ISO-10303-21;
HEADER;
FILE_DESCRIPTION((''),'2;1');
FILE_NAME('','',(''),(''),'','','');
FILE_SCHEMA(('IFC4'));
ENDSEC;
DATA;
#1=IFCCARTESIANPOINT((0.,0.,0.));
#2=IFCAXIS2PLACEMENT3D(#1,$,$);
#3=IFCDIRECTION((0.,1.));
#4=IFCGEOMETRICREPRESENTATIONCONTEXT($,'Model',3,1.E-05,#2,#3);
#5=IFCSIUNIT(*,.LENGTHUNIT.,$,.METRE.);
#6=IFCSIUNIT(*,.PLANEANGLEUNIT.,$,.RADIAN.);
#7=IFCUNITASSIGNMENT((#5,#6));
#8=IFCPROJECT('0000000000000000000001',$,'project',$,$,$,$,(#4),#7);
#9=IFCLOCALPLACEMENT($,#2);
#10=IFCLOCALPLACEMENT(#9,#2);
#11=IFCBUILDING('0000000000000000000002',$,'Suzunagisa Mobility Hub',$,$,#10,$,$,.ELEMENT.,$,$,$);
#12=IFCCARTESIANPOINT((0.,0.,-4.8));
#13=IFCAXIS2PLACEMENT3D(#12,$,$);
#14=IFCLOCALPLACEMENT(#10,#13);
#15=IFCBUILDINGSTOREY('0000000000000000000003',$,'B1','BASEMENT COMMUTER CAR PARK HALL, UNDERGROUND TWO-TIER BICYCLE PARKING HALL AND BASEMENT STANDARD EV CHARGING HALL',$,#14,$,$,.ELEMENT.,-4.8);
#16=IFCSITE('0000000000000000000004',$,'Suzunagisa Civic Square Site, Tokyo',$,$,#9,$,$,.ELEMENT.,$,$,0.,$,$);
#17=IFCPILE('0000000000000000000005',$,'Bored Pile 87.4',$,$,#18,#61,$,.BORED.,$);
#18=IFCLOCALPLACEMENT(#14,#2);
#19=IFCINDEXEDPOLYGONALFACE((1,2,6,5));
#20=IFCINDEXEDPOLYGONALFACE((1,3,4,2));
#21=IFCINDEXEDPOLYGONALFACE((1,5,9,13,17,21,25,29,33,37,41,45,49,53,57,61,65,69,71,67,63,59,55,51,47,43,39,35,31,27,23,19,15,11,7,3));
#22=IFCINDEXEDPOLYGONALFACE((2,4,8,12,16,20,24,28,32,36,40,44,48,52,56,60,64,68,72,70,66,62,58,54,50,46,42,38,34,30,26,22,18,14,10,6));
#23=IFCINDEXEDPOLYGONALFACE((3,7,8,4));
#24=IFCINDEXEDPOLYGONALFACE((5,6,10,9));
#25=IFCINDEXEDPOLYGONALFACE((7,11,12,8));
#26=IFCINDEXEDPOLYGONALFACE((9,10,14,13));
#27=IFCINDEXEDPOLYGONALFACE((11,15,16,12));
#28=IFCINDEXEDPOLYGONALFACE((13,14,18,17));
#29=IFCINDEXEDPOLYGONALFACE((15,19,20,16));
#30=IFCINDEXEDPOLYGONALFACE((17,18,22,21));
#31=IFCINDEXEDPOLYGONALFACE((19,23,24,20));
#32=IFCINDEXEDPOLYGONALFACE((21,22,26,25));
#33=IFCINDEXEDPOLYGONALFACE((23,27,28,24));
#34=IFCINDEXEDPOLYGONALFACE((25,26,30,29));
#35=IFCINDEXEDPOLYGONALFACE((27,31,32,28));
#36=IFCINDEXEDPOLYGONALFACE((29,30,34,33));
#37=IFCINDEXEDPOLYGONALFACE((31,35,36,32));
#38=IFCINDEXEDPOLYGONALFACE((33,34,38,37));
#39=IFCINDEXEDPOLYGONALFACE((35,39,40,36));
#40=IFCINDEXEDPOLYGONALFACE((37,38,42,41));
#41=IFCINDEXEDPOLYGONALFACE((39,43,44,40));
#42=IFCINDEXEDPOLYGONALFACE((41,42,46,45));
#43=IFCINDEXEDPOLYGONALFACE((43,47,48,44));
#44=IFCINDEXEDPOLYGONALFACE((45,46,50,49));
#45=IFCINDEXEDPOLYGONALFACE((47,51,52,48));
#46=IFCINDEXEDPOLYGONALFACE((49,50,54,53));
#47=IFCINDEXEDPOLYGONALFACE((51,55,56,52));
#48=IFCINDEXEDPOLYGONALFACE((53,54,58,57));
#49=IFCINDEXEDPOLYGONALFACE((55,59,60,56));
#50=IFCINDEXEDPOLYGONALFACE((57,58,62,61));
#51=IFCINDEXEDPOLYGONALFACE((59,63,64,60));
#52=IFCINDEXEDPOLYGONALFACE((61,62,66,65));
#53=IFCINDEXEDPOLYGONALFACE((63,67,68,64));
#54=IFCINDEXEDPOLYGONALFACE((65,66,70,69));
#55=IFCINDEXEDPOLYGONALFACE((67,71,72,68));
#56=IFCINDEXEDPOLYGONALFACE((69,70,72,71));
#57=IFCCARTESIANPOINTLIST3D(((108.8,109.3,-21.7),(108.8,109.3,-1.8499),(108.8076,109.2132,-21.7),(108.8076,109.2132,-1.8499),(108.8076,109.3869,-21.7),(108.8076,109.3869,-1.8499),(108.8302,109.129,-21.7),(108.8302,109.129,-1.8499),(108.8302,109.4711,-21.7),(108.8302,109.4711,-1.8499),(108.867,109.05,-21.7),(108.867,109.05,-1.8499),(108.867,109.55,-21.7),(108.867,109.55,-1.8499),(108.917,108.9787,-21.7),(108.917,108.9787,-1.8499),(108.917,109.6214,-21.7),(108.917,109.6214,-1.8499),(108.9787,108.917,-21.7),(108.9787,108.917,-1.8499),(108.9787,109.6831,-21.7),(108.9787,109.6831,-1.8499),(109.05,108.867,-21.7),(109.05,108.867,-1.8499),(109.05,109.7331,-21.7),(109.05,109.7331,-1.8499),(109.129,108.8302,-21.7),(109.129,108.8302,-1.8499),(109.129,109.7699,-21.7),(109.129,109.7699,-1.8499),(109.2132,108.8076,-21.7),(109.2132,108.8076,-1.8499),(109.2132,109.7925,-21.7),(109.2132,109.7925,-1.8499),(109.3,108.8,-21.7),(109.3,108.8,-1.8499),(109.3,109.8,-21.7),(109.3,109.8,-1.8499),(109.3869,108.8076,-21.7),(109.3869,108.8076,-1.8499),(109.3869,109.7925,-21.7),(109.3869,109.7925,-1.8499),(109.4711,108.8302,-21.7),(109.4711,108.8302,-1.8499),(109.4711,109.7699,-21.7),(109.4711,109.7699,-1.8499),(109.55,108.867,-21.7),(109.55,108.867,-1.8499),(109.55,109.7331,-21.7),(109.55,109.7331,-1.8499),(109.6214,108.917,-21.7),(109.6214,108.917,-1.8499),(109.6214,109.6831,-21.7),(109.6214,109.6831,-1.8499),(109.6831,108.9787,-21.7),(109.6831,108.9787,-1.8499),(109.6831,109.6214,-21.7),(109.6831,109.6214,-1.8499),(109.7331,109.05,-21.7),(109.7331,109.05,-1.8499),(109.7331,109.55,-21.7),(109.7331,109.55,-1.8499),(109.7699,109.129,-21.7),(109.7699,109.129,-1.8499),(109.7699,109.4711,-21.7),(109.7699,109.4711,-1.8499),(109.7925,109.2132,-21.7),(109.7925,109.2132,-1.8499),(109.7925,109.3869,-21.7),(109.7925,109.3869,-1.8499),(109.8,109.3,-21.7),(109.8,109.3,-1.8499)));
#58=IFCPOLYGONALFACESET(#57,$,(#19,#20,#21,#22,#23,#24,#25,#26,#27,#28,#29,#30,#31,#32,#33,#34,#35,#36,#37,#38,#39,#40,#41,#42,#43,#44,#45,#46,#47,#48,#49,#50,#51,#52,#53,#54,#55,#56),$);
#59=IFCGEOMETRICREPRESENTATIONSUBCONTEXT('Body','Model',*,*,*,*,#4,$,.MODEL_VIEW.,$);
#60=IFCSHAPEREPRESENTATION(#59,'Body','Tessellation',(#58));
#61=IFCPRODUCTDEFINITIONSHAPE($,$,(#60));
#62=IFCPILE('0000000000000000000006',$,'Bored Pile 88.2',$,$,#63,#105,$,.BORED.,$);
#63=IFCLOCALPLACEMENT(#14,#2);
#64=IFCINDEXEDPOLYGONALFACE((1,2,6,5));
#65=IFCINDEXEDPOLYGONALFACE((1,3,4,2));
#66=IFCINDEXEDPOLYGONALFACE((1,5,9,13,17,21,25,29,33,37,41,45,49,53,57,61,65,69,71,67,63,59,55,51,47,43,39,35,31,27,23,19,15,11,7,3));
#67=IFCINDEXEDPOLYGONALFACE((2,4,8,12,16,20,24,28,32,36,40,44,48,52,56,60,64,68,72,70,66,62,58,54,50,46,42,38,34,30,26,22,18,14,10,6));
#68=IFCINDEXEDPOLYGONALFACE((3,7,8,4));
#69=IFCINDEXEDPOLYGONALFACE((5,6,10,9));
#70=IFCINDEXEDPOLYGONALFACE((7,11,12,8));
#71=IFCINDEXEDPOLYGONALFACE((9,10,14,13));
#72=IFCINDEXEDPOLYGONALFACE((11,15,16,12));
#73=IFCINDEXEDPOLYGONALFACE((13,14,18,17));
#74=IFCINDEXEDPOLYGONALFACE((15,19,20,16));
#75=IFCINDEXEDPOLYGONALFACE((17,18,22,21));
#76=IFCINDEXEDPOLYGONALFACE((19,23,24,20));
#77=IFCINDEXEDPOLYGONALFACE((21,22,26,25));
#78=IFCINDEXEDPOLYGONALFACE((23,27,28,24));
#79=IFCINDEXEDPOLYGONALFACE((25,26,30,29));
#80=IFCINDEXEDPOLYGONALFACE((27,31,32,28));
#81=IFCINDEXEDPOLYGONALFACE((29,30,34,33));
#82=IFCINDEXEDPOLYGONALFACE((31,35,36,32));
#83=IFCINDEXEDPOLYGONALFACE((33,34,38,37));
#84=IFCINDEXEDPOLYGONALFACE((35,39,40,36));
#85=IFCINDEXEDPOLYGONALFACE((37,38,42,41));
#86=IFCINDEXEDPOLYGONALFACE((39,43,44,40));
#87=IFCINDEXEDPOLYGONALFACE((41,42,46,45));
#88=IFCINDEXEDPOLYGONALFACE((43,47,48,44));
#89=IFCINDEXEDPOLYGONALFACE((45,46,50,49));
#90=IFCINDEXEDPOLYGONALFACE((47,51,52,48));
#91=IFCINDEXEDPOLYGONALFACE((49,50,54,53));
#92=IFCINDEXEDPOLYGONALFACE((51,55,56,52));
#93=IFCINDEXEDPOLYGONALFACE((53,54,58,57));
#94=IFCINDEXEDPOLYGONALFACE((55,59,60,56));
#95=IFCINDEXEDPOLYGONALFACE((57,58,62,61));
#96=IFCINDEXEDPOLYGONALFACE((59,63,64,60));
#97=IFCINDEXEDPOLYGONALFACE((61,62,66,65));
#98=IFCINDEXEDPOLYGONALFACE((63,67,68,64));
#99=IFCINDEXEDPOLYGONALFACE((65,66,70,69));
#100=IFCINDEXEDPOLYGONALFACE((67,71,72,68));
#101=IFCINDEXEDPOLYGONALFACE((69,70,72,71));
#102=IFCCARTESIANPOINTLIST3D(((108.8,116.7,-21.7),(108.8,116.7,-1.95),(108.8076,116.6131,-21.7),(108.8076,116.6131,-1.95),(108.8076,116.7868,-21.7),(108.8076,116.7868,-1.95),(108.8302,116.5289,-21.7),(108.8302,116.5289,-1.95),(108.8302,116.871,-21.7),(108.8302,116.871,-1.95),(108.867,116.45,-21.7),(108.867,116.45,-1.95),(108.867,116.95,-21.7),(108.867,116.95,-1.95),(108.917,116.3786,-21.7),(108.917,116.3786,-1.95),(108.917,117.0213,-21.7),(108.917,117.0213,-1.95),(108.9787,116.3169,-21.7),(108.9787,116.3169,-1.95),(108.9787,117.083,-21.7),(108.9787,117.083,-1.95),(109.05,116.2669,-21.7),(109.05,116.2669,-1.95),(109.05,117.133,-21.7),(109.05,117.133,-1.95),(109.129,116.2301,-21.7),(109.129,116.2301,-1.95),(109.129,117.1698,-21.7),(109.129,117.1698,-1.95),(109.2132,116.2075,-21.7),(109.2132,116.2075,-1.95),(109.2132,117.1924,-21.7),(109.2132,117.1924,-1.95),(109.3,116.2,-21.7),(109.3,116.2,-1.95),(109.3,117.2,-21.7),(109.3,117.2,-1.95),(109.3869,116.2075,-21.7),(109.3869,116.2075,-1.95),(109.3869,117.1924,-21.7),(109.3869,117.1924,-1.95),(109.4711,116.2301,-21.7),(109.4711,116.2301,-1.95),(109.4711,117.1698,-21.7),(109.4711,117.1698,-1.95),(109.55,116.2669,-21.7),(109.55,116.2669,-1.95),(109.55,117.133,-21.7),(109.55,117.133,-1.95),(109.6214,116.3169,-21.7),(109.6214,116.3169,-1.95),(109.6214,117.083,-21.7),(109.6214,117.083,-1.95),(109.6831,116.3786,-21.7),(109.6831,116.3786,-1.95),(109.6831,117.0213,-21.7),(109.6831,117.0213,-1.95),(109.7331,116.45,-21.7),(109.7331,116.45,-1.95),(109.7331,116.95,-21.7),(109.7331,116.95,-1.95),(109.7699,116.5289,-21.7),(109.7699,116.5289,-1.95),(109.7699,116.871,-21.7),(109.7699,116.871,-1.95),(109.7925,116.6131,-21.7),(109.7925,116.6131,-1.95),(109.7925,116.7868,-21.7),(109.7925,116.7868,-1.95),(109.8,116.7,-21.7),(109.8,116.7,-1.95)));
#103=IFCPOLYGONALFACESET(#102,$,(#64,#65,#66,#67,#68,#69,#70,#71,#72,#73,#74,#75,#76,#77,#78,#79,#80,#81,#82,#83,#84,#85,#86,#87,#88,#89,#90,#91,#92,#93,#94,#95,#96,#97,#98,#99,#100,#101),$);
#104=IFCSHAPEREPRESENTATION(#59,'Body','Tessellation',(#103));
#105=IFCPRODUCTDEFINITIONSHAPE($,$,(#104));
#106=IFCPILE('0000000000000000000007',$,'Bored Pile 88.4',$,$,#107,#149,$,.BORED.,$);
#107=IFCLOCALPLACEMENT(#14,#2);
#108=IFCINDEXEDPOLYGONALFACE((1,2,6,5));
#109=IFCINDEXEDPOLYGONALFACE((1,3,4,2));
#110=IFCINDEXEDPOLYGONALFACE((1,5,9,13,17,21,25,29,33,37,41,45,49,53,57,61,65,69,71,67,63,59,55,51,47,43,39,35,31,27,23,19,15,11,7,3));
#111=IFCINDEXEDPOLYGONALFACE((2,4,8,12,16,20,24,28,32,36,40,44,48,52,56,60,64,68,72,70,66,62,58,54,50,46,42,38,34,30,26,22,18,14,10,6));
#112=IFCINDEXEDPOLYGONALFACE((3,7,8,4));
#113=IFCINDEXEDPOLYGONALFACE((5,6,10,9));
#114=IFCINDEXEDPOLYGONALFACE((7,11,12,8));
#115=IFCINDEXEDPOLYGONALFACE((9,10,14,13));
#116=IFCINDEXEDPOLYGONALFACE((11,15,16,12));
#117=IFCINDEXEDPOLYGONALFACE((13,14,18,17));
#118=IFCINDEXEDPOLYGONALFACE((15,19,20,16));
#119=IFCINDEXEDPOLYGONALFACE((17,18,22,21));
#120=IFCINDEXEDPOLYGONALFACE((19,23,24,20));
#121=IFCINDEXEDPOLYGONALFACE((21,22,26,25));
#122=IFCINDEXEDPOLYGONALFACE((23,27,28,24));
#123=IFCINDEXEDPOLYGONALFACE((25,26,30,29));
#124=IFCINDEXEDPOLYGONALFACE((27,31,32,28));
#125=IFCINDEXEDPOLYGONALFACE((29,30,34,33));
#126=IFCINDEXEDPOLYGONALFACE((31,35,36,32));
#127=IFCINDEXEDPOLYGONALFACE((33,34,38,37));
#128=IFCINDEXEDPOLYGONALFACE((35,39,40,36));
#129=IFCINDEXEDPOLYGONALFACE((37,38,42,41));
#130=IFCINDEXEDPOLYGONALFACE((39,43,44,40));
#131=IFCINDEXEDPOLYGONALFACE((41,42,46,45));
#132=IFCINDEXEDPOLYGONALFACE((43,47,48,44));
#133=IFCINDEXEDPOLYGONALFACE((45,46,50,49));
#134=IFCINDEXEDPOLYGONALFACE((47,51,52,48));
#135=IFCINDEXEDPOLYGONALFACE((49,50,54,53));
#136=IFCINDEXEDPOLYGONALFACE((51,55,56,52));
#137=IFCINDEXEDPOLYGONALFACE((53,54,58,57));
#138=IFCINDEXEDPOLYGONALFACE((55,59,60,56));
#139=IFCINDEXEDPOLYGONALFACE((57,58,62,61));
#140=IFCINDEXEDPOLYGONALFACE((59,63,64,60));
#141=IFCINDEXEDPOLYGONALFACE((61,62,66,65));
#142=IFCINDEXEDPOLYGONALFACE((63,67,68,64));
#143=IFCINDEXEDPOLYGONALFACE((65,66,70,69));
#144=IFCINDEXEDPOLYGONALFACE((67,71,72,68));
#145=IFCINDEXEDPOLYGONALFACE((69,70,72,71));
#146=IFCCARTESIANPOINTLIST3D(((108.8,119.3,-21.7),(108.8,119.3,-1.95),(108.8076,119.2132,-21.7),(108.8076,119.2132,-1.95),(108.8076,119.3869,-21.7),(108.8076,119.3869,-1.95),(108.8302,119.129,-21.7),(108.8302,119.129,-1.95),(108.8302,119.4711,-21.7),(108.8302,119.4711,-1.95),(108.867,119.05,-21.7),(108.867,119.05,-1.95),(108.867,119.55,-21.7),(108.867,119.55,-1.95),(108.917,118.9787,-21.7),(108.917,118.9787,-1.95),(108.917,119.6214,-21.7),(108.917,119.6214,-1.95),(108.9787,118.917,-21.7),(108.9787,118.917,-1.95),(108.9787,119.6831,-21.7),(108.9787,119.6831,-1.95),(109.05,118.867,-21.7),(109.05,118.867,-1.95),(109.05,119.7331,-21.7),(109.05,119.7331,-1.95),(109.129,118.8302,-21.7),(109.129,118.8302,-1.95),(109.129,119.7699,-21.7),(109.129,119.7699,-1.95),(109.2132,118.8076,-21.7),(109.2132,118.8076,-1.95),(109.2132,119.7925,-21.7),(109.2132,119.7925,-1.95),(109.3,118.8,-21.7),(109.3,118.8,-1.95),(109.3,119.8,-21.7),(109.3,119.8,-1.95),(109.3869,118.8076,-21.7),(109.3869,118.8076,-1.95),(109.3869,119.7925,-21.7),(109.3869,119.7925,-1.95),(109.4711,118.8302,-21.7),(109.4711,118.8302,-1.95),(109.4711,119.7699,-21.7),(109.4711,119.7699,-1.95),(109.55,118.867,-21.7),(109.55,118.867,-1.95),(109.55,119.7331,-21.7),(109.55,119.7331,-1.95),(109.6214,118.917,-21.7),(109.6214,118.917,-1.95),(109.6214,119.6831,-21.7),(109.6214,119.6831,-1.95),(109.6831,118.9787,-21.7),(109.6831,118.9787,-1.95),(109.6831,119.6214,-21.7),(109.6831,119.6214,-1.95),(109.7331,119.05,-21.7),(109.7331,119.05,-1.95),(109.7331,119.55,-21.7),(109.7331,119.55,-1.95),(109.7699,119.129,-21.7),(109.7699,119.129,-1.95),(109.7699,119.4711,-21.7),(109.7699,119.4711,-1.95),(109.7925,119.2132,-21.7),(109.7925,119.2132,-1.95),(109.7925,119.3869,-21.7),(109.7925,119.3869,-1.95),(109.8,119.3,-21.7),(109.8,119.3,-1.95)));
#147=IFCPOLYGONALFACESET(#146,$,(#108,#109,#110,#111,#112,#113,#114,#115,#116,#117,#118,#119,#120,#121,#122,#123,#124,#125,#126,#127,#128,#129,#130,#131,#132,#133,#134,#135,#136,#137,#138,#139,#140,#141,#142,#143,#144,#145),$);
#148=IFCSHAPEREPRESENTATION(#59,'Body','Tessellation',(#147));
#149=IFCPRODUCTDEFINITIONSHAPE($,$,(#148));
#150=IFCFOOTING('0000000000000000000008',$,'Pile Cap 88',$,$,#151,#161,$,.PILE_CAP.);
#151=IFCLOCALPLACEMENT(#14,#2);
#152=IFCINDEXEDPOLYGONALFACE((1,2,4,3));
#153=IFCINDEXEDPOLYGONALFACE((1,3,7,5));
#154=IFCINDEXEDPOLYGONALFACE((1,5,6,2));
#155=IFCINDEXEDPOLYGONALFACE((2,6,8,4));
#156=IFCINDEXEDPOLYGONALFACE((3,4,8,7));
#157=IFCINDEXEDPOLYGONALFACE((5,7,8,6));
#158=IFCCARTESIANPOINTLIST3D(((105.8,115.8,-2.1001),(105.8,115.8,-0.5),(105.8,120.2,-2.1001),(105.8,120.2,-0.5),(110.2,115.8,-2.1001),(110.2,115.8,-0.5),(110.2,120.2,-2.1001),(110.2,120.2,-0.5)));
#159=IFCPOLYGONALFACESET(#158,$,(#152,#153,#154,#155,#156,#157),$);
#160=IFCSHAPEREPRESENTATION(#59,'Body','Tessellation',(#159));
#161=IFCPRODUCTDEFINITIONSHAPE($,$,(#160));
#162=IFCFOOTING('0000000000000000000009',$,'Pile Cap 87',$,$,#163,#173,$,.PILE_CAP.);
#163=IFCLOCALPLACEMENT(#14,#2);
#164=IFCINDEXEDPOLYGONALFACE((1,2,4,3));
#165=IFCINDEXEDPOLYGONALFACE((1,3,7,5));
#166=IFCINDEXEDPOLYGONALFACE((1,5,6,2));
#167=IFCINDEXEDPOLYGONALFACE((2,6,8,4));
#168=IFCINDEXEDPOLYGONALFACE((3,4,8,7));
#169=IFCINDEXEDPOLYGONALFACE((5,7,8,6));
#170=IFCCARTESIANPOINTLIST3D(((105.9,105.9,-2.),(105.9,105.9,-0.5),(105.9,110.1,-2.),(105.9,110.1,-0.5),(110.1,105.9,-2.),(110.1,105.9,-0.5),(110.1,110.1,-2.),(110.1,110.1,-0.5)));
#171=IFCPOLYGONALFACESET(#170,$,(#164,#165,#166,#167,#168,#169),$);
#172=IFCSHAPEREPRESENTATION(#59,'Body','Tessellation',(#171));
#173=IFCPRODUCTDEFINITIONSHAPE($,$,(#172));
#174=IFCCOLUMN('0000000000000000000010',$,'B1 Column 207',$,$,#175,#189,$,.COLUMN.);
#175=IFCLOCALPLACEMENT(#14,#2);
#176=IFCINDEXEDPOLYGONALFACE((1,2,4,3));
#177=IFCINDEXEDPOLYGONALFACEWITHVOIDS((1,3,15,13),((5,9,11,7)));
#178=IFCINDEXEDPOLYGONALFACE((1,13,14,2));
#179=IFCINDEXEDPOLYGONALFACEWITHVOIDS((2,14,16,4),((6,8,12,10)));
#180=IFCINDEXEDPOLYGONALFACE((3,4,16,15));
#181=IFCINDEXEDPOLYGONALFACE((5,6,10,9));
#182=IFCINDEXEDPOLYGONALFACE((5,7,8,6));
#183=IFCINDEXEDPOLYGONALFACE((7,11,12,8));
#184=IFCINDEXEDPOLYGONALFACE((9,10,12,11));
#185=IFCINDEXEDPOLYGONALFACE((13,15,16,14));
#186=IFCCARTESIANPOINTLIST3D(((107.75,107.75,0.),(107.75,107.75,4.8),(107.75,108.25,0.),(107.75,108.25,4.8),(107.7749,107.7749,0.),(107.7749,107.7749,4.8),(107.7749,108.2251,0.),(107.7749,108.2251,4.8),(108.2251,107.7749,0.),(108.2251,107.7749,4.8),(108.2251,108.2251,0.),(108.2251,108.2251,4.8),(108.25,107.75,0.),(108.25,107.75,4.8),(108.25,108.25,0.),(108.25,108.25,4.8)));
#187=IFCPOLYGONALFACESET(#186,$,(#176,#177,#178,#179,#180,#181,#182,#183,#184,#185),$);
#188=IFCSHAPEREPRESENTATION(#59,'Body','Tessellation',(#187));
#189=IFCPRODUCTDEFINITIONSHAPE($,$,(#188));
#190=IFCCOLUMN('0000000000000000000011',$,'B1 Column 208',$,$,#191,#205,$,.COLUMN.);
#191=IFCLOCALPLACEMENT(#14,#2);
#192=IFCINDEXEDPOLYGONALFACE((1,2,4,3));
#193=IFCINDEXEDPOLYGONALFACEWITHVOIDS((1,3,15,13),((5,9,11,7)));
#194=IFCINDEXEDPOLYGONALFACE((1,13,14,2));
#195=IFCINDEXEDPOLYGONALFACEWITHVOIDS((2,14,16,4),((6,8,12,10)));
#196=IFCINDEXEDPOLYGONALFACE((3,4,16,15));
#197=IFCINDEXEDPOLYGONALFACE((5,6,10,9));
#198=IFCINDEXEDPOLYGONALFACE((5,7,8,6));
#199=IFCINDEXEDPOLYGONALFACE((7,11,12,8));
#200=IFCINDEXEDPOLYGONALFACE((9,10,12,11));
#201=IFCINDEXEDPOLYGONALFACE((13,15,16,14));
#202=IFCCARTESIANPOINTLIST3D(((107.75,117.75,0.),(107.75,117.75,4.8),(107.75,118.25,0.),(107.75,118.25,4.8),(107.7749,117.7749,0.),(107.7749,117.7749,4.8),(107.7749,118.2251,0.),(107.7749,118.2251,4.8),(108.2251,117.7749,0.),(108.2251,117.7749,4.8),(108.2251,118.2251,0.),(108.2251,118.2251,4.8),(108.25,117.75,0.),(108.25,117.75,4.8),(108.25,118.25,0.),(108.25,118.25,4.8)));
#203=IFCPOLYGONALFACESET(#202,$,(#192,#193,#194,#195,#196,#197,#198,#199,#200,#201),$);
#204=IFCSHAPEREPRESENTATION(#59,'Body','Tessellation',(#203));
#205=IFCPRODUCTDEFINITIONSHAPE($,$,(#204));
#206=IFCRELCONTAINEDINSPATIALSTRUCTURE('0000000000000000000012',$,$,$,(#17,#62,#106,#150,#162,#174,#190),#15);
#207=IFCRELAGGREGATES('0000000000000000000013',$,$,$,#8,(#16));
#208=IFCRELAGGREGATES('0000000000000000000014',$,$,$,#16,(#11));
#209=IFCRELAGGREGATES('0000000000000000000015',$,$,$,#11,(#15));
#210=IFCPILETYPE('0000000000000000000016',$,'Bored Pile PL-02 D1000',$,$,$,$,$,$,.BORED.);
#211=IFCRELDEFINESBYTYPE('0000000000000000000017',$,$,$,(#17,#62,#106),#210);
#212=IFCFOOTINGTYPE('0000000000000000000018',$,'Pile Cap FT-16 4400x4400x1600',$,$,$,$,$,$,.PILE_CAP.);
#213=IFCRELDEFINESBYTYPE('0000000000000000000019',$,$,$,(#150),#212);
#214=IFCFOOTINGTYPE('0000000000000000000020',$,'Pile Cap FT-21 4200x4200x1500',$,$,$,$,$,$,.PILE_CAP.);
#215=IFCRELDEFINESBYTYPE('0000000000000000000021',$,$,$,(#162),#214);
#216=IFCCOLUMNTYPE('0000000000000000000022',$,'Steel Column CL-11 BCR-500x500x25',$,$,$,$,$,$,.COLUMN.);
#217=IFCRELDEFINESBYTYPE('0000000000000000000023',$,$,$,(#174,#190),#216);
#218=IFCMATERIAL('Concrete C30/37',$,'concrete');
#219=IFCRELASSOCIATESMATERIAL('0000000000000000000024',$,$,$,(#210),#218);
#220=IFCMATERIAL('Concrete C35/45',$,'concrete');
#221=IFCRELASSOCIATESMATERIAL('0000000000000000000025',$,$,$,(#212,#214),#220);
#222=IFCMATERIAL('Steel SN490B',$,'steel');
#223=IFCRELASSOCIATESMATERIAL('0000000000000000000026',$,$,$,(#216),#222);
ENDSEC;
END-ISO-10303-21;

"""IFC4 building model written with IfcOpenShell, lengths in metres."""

from ifc_helpers import new_model, si_unit, direction, frame, origin, origin_2d, place, context, subcontext, project, spatial, rectangle, hollow_rectangle, circle, extrude, material, material_profile, profile_set, type_object, element, save


model = new_model("IFC4")

# Units and contexts
model_context = context("Model", 3, precision=1e-05, world=origin(), true_north=direction((0.0, 1.0)))
body_context = subcontext(model_context, "Body", "Model", "MODEL_VIEW")
ifc_project = project(units=[si_unit("LENGTHUNIT", "METRE"), si_unit("PLANEANGLEUNIT", "RADIAN")], contexts=[model_context])

# Site, building, storey
site_placement = place(None, origin())
site = spatial("IfcSite", under=ifc_project, at=site_placement, Name="Suzunagisa Civic Square Site, Tokyo", CompositionType="ELEMENT", RefElevation=0.0)
building_placement = place(site_placement, origin())
building = spatial("IfcBuilding", under=site, at=building_placement, Name="Suzunagisa Mobility Hub", CompositionType="ELEMENT")
storey_placement = place(building_placement, frame((0.0, 0.0, -4.8)))
storey = spatial("IfcBuildingStorey", under=building, at=storey_placement, Name="B1", Description="BASEMENT COMMUTER CAR PARK HALL, UNDERGROUND TWO-TIER BICYCLE PARKING HALL AND BASEMENT STANDARD EV CHARGING HALL", CompositionType="ELEMENT", Elevation=-4.8)

# Piles
ifc_material_1 = material(Name="Concrete C30/37", Category="concrete")
ifc_material_profile_1 = material_profile(ifc_material_1, circle(Radius=0.5, at=origin_2d()), Name="BORED PILE D1000")
ifc_profile_set_1 = profile_set([ifc_material_profile_1], Name="Concrete C30/37")
pile_type_1 = type_object("IfcPileType", Name="Bored Pile PL-02 D1000", PredefinedType="BORED", material=ifc_profile_set_1)
pile_placement = place(storey_placement, frame((109.3, 109.3, -1.8499), z_axis=(0.0, 0.0, -1.0), x_axis=(1.0, 0.0, 0.0)))
element("IfcPile", 1, at=pile_placement, inside=storey, type_object=pile_type_1, Name="Bored Pile 87.4", PredefinedType="BORED", context=body_context, shape_type="SweptSolid", body=[
    extrude(circle(Radius=0.5, at=origin_2d()), origin(), (0.0, 0.0, 1.0), 19.8501),
])
for number, where, z_axis, x_axis, name in (
    (2, (109.3, 116.7, -1.95), (0.0, 0.0, -1.0), (1.0, 0.0, 0.0), "Bored Pile 88.2"),
    (3, (109.3, 119.3, -1.95), (0.0, 0.0, -1.0), (1.0, 0.0, 0.0), "Bored Pile 88.4"),
):
    element("IfcPile", number, at=place(storey_placement, frame(where, z_axis=z_axis, x_axis=x_axis)), inside=storey, type_object=pile_type_1, Name=name, PredefinedType="BORED", context=body_context, shape_type="SweptSolid", body=[
        extrude(circle(Radius=0.5, at=origin_2d()), origin(), (0.0, 0.0, 1.0), 19.75),
    ])

# Footings
ifc_material_2 = material(Name="Concrete C35/45", Category="concrete")
footing_type_1 = type_object("IfcFootingType", Name="Pile Cap FT-16 4400x4400x1600", PredefinedType="PILE_CAP", material=ifc_material_2)
footing_1_placement = place(storey_placement, frame((108.0, 118.0, -2.1001), z_axis=(0.0, 0.0, 1.0), x_axis=(1.0, 0.0, 0.0)))
element("IfcFooting", 4, at=footing_1_placement, inside=storey, type_object=footing_type_1, Name="Pile Cap 88", PredefinedType="PILE_CAP", context=body_context, shape_type="SweptSolid", body=[
    extrude(rectangle(XDim=4.3999, YDim=4.3999, at=origin_2d()), origin(), (0.0, 0.0, 1.0), 1.6001),
])
footing_type_2 = type_object("IfcFootingType", Name="Pile Cap FT-21 4200x4200x1500", PredefinedType="PILE_CAP", material=ifc_material_2)
footing_2_placement = place(storey_placement, frame((108.0, 108.0, -2.0), z_axis=(0.0, 0.0, 1.0), x_axis=(1.0, 0.0, 0.0)))
element("IfcFooting", 5, at=footing_2_placement, inside=storey, type_object=footing_type_2, Name="Pile Cap 87", PredefinedType="PILE_CAP", context=body_context, shape_type="SweptSolid", body=[
    extrude(rectangle(XDim=4.2, YDim=4.2, at=origin_2d()), origin(), (0.0, 0.0, 1.0), 1.5),
])

# Columns
ifc_material_3 = material(Name="Steel SN490B", Category="steel")
ifc_material_profile_2 = material_profile(ifc_material_3, hollow_rectangle(XDim=0.5, YDim=0.5, WallThickness=0.0249, at=origin_2d()), Name="BCR-500x500x25")
ifc_profile_set_2 = profile_set([ifc_material_profile_2], Name="Steel SN490B")
column_type = type_object("IfcColumnType", Name="Steel Column CL-11 BCR-500x500x25", PredefinedType="COLUMN", material=ifc_profile_set_2)
for number, where, z_axis, x_axis, name in (
    (6, (108.0, 108.0, 0.0), (0.0, 0.0, 1.0), (1.0, 0.0, 0.0), "B1 Column 207"),
    (7, (108.0, 118.0, 0.0), (0.0, 0.0, 1.0), (1.0, 0.0, 0.0), "B1 Column 208"),
):
    element("IfcColumn", number, at=place(storey_placement, frame(where, z_axis=z_axis, x_axis=x_axis)), inside=storey, type_object=column_type, Name=name, PredefinedType="COLUMN", context=body_context, shape_type="SweptSolid", body=[
        extrude(hollow_rectangle(XDim=0.5, YDim=0.5, WallThickness=0.0249, at=origin_2d()), origin(), (0.0, 0.0, 1.0), 4.8),
    ])

save(model, "model.ifc")
